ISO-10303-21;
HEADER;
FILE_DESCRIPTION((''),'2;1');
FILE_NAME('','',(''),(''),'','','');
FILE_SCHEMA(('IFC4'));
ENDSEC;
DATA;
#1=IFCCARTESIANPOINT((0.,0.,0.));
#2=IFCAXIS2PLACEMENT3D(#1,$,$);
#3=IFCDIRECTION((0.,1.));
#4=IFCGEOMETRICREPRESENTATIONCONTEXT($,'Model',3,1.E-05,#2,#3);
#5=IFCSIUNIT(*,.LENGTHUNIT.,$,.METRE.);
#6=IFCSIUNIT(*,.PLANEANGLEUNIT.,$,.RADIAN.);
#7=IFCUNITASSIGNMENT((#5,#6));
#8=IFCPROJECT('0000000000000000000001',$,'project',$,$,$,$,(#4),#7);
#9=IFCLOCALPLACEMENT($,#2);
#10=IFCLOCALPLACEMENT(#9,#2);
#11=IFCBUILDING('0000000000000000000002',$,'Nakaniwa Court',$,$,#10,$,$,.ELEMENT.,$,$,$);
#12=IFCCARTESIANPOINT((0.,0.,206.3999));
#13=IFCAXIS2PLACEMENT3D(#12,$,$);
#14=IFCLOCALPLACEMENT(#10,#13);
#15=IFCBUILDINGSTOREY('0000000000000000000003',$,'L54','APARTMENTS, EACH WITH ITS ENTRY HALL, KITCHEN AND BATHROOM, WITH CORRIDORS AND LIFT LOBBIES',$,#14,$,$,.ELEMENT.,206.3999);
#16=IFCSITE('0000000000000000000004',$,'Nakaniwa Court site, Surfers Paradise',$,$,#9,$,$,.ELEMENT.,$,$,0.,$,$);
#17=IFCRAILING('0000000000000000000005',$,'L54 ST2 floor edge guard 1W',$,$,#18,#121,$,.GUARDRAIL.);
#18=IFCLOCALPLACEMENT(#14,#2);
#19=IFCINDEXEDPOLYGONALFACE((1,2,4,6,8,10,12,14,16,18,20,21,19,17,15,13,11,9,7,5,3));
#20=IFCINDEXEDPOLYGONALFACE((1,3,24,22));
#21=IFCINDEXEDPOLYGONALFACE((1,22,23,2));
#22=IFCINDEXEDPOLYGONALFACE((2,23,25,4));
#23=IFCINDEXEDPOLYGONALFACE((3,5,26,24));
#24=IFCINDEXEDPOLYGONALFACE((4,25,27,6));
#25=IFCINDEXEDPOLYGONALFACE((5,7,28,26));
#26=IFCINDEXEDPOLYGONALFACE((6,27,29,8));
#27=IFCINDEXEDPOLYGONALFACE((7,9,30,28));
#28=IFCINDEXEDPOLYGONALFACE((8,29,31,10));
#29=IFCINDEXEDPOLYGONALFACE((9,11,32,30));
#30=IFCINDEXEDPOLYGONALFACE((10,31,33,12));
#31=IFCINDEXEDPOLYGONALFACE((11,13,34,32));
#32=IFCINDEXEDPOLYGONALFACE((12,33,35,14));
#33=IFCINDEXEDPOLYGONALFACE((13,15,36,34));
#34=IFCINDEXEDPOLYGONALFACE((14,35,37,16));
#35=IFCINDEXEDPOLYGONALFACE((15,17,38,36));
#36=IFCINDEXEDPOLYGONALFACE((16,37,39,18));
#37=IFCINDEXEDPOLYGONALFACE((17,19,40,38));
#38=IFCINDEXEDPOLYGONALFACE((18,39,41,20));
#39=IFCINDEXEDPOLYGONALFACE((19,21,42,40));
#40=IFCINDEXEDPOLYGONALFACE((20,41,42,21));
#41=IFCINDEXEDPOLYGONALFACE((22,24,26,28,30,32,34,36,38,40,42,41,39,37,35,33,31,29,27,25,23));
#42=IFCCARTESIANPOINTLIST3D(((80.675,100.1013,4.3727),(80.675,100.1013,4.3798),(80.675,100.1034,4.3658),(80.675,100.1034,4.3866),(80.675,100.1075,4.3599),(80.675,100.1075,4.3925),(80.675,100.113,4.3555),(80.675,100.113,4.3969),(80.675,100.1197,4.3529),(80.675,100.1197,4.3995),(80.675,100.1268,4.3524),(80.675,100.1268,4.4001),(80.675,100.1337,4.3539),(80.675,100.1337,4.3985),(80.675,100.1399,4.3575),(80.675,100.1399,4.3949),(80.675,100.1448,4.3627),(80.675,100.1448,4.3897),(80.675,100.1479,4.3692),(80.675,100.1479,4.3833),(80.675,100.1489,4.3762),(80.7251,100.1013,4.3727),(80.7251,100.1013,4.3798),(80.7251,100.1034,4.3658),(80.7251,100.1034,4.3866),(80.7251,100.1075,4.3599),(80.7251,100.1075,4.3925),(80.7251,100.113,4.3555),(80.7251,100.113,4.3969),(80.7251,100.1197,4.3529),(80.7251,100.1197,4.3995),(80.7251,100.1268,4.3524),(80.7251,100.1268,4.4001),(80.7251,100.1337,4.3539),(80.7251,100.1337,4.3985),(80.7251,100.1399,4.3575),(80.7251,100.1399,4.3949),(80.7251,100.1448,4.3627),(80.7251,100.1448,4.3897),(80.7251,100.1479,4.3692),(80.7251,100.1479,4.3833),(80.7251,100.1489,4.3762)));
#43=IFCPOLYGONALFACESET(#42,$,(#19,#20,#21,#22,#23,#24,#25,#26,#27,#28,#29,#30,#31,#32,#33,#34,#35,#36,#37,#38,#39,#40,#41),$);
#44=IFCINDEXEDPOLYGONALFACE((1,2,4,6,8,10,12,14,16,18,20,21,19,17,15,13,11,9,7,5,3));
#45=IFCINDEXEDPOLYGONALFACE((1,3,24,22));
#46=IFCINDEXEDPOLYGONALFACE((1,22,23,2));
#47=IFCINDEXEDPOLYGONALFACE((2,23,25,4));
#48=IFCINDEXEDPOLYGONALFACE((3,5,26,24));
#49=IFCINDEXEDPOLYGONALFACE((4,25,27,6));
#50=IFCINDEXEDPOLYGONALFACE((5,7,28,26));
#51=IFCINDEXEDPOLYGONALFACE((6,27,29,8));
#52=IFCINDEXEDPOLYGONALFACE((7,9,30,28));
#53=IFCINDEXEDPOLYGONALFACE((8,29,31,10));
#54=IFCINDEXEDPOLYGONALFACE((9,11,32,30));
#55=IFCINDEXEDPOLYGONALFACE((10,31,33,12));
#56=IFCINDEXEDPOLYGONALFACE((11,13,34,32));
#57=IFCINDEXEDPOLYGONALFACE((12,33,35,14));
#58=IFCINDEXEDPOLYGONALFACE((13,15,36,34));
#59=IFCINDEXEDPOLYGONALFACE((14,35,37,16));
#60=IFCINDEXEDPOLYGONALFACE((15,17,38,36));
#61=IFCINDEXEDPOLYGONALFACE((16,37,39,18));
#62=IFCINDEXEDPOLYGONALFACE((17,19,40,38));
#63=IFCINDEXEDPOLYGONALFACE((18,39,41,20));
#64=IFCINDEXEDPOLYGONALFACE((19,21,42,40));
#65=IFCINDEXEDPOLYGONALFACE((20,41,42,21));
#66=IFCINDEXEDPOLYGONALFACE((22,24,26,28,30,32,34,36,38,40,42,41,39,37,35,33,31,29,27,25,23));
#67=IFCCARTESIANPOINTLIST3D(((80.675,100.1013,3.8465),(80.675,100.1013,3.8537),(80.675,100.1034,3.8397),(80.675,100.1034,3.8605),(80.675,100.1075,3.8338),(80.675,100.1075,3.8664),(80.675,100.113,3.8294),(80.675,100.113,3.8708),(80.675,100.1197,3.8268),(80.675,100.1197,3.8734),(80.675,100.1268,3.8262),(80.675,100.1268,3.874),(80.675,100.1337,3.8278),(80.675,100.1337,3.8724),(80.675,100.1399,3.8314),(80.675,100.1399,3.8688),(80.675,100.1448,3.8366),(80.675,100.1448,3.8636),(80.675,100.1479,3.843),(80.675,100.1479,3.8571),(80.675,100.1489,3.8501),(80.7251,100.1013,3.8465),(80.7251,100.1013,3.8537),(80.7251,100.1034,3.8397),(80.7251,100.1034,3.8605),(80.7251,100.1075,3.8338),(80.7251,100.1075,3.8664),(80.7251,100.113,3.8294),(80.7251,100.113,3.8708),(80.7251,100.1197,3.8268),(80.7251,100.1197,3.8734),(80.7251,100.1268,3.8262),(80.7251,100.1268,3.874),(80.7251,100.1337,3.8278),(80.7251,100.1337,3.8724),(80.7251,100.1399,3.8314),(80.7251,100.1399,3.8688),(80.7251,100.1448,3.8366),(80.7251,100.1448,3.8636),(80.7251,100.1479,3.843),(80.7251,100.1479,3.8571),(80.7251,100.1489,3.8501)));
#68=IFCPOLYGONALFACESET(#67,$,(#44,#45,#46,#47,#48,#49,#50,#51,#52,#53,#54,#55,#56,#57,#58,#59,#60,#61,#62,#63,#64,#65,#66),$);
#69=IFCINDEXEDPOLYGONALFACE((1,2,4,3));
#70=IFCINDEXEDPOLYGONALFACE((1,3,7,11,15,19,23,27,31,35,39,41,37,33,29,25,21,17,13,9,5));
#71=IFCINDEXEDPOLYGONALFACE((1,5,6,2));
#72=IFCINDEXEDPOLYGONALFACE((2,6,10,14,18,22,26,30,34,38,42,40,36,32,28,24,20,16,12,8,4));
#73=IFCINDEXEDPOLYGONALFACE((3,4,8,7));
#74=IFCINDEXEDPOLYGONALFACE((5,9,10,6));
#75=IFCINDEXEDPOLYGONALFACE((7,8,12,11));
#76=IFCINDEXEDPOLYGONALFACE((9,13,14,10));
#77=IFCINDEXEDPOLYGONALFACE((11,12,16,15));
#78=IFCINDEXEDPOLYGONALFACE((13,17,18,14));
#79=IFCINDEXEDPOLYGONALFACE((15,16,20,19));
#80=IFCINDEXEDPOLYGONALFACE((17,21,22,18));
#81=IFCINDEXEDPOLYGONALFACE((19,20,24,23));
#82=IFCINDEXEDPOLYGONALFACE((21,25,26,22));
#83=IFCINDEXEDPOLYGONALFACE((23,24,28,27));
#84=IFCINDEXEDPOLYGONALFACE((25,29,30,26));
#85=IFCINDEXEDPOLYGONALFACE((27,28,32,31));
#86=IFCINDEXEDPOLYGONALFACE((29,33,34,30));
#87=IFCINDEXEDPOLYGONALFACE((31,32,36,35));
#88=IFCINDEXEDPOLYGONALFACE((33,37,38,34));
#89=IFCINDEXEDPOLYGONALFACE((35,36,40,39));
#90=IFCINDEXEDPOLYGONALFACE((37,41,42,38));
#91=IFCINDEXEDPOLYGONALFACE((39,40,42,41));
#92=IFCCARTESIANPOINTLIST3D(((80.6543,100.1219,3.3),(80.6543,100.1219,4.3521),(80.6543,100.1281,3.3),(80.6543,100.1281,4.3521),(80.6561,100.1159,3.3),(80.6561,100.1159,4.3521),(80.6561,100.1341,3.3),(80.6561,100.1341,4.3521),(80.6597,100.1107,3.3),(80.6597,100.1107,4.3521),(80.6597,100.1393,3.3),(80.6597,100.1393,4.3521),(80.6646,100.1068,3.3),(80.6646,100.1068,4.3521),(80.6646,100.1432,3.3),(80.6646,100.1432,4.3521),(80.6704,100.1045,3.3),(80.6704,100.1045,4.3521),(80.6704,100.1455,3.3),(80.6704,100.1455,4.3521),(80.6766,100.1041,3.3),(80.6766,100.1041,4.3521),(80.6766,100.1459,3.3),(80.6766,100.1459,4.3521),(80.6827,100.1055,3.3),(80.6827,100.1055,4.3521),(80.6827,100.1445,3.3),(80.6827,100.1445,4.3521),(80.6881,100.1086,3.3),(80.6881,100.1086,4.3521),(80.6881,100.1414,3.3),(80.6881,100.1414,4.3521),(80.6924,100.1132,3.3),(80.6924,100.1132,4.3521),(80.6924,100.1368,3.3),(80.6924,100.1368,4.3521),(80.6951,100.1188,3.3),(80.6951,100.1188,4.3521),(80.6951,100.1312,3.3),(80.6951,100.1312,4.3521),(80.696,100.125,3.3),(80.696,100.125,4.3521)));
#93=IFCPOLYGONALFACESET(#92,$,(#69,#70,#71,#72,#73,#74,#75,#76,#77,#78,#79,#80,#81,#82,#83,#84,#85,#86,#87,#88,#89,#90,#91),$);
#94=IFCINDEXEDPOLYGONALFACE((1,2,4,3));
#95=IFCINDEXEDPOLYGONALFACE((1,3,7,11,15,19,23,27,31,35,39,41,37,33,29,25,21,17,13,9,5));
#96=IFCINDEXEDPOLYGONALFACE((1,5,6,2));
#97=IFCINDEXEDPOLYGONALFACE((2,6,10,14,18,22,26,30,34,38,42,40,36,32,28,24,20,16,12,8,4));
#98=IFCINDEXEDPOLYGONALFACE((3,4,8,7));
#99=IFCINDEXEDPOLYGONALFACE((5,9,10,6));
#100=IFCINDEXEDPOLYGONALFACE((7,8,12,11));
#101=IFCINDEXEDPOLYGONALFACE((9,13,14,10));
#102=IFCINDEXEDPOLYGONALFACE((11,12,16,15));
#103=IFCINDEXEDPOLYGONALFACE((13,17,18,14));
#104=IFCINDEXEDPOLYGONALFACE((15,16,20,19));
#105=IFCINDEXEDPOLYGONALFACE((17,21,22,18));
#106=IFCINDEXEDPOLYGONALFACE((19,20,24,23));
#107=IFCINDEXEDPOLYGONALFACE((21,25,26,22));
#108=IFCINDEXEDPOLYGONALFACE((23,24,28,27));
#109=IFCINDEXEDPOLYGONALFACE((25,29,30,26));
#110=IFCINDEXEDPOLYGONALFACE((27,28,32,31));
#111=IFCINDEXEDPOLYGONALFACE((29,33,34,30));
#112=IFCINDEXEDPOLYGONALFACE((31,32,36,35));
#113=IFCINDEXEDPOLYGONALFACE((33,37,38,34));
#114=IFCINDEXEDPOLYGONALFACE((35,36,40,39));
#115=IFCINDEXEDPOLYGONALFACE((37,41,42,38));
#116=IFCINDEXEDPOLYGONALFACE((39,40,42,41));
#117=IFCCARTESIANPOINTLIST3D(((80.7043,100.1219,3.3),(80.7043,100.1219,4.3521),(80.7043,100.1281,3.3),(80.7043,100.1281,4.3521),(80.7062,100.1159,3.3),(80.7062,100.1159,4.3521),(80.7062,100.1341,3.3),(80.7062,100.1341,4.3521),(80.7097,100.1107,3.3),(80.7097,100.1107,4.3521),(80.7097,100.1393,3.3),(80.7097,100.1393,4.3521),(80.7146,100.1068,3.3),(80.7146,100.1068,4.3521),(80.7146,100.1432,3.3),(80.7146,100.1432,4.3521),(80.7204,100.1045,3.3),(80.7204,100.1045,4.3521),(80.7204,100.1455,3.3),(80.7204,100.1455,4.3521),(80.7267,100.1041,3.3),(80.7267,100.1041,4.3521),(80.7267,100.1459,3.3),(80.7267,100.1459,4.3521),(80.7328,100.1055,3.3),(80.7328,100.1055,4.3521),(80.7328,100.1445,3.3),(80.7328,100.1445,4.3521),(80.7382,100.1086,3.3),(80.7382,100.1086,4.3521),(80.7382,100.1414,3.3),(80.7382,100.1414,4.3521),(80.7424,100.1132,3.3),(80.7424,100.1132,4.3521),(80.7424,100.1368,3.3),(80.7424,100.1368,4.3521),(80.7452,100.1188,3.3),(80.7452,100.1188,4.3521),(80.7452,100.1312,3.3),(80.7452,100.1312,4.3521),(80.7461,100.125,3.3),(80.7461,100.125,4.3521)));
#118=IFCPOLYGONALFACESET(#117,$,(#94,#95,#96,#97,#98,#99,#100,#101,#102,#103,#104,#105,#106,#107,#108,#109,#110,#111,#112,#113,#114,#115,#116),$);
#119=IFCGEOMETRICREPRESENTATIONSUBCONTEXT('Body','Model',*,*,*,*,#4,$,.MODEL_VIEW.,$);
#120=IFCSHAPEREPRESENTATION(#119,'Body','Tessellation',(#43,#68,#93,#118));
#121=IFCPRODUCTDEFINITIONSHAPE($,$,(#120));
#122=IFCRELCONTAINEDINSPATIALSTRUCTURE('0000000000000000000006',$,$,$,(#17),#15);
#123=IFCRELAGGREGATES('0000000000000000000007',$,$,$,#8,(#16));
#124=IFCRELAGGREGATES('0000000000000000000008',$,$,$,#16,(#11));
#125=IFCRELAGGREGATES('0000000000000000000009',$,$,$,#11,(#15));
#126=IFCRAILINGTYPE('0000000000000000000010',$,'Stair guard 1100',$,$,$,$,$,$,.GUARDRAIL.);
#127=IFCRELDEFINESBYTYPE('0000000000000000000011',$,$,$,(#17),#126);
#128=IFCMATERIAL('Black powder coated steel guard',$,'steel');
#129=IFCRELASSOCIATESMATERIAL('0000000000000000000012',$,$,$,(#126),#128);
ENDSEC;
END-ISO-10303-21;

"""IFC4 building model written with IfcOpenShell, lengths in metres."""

from ifc_helpers import new_model, si_unit, direction, frame, origin, origin_2d, place, context, subcontext, project, spatial, circle, extrude, material, type_object, element, save


model = new_model("IFC4")

# Units and contexts
model_context = context("Model", 3, precision=1e-05, world=origin(), true_north=direction((0.0, 1.0)))
body_context = subcontext(model_context, "Body", "Model", "MODEL_VIEW")
ifc_project = project(units=[si_unit("LENGTHUNIT", "METRE"), si_unit("PLANEANGLEUNIT", "RADIAN")], contexts=[model_context])

# Site, building, storey
site_placement = place(None, origin())
site = spatial("IfcSite", under=ifc_project, at=site_placement, Name="Nakaniwa Court site, Surfers Paradise", CompositionType="ELEMENT", RefElevation=0.0)
building_placement = place(site_placement, origin())
building = spatial("IfcBuilding", under=site, at=building_placement, Name="Nakaniwa Court", CompositionType="ELEMENT")
storey_placement = place(building_placement, frame((0.0, 0.0, 206.3999)))
storey = spatial("IfcBuildingStorey", under=building, at=storey_placement, Name="L54", Description="APARTMENTS, EACH WITH ITS ENTRY HALL, KITCHEN AND BATHROOM, WITH CORRIDORS AND LIFT LOBBIES", CompositionType="ELEMENT", Elevation=206.3999)

# Railing
ifc_material_1 = material(Name="Black powder coated steel guard", Category="steel")
railing_type_1 = type_object("IfcRailingType", Name="Stair guard 1100", PredefinedType="GUARDRAIL", material=ifc_material_1)
for number, where, name in (
    (1, (80.675, 100.125, 3.3), "L54 ST2 floor edge guard 1W"),
):
    element("IfcRailing", number, at=place(storey_placement, frame(where)), inside=storey, type_object=railing_type_1, Name=name, PredefinedType="GUARDRAIL", context=body_context, shape_type="SweptSolid", body=[
        extrude(circle(Radius=0.0239, at=origin_2d()), frame((0.0, 0.0, 1.0762), z_axis=(1.0, 0.0, 0.0), x_axis=(0.0, 1.0, 0.0)), (0.0, 0.0, 1.0), 0.05),
        extrude(circle(Radius=0.0239, at=origin_2d()), frame((0.0, 0.0, 0.55), z_axis=(1.0, 0.0, 0.0), x_axis=(0.0, 1.0, 0.0)), (0.0, 0.0, 1.0), 0.05),
        extrude(circle(Radius=0.021, at=origin_2d()), origin(), (0.0, 0.0, 1.0), 1.052),
        extrude(circle(Radius=0.021, at=origin_2d()), frame((0.05, 0.0, 0.0)), (0.0, 0.0, 1.0), 1.052),
    ])

save(model, "model.ifc")
